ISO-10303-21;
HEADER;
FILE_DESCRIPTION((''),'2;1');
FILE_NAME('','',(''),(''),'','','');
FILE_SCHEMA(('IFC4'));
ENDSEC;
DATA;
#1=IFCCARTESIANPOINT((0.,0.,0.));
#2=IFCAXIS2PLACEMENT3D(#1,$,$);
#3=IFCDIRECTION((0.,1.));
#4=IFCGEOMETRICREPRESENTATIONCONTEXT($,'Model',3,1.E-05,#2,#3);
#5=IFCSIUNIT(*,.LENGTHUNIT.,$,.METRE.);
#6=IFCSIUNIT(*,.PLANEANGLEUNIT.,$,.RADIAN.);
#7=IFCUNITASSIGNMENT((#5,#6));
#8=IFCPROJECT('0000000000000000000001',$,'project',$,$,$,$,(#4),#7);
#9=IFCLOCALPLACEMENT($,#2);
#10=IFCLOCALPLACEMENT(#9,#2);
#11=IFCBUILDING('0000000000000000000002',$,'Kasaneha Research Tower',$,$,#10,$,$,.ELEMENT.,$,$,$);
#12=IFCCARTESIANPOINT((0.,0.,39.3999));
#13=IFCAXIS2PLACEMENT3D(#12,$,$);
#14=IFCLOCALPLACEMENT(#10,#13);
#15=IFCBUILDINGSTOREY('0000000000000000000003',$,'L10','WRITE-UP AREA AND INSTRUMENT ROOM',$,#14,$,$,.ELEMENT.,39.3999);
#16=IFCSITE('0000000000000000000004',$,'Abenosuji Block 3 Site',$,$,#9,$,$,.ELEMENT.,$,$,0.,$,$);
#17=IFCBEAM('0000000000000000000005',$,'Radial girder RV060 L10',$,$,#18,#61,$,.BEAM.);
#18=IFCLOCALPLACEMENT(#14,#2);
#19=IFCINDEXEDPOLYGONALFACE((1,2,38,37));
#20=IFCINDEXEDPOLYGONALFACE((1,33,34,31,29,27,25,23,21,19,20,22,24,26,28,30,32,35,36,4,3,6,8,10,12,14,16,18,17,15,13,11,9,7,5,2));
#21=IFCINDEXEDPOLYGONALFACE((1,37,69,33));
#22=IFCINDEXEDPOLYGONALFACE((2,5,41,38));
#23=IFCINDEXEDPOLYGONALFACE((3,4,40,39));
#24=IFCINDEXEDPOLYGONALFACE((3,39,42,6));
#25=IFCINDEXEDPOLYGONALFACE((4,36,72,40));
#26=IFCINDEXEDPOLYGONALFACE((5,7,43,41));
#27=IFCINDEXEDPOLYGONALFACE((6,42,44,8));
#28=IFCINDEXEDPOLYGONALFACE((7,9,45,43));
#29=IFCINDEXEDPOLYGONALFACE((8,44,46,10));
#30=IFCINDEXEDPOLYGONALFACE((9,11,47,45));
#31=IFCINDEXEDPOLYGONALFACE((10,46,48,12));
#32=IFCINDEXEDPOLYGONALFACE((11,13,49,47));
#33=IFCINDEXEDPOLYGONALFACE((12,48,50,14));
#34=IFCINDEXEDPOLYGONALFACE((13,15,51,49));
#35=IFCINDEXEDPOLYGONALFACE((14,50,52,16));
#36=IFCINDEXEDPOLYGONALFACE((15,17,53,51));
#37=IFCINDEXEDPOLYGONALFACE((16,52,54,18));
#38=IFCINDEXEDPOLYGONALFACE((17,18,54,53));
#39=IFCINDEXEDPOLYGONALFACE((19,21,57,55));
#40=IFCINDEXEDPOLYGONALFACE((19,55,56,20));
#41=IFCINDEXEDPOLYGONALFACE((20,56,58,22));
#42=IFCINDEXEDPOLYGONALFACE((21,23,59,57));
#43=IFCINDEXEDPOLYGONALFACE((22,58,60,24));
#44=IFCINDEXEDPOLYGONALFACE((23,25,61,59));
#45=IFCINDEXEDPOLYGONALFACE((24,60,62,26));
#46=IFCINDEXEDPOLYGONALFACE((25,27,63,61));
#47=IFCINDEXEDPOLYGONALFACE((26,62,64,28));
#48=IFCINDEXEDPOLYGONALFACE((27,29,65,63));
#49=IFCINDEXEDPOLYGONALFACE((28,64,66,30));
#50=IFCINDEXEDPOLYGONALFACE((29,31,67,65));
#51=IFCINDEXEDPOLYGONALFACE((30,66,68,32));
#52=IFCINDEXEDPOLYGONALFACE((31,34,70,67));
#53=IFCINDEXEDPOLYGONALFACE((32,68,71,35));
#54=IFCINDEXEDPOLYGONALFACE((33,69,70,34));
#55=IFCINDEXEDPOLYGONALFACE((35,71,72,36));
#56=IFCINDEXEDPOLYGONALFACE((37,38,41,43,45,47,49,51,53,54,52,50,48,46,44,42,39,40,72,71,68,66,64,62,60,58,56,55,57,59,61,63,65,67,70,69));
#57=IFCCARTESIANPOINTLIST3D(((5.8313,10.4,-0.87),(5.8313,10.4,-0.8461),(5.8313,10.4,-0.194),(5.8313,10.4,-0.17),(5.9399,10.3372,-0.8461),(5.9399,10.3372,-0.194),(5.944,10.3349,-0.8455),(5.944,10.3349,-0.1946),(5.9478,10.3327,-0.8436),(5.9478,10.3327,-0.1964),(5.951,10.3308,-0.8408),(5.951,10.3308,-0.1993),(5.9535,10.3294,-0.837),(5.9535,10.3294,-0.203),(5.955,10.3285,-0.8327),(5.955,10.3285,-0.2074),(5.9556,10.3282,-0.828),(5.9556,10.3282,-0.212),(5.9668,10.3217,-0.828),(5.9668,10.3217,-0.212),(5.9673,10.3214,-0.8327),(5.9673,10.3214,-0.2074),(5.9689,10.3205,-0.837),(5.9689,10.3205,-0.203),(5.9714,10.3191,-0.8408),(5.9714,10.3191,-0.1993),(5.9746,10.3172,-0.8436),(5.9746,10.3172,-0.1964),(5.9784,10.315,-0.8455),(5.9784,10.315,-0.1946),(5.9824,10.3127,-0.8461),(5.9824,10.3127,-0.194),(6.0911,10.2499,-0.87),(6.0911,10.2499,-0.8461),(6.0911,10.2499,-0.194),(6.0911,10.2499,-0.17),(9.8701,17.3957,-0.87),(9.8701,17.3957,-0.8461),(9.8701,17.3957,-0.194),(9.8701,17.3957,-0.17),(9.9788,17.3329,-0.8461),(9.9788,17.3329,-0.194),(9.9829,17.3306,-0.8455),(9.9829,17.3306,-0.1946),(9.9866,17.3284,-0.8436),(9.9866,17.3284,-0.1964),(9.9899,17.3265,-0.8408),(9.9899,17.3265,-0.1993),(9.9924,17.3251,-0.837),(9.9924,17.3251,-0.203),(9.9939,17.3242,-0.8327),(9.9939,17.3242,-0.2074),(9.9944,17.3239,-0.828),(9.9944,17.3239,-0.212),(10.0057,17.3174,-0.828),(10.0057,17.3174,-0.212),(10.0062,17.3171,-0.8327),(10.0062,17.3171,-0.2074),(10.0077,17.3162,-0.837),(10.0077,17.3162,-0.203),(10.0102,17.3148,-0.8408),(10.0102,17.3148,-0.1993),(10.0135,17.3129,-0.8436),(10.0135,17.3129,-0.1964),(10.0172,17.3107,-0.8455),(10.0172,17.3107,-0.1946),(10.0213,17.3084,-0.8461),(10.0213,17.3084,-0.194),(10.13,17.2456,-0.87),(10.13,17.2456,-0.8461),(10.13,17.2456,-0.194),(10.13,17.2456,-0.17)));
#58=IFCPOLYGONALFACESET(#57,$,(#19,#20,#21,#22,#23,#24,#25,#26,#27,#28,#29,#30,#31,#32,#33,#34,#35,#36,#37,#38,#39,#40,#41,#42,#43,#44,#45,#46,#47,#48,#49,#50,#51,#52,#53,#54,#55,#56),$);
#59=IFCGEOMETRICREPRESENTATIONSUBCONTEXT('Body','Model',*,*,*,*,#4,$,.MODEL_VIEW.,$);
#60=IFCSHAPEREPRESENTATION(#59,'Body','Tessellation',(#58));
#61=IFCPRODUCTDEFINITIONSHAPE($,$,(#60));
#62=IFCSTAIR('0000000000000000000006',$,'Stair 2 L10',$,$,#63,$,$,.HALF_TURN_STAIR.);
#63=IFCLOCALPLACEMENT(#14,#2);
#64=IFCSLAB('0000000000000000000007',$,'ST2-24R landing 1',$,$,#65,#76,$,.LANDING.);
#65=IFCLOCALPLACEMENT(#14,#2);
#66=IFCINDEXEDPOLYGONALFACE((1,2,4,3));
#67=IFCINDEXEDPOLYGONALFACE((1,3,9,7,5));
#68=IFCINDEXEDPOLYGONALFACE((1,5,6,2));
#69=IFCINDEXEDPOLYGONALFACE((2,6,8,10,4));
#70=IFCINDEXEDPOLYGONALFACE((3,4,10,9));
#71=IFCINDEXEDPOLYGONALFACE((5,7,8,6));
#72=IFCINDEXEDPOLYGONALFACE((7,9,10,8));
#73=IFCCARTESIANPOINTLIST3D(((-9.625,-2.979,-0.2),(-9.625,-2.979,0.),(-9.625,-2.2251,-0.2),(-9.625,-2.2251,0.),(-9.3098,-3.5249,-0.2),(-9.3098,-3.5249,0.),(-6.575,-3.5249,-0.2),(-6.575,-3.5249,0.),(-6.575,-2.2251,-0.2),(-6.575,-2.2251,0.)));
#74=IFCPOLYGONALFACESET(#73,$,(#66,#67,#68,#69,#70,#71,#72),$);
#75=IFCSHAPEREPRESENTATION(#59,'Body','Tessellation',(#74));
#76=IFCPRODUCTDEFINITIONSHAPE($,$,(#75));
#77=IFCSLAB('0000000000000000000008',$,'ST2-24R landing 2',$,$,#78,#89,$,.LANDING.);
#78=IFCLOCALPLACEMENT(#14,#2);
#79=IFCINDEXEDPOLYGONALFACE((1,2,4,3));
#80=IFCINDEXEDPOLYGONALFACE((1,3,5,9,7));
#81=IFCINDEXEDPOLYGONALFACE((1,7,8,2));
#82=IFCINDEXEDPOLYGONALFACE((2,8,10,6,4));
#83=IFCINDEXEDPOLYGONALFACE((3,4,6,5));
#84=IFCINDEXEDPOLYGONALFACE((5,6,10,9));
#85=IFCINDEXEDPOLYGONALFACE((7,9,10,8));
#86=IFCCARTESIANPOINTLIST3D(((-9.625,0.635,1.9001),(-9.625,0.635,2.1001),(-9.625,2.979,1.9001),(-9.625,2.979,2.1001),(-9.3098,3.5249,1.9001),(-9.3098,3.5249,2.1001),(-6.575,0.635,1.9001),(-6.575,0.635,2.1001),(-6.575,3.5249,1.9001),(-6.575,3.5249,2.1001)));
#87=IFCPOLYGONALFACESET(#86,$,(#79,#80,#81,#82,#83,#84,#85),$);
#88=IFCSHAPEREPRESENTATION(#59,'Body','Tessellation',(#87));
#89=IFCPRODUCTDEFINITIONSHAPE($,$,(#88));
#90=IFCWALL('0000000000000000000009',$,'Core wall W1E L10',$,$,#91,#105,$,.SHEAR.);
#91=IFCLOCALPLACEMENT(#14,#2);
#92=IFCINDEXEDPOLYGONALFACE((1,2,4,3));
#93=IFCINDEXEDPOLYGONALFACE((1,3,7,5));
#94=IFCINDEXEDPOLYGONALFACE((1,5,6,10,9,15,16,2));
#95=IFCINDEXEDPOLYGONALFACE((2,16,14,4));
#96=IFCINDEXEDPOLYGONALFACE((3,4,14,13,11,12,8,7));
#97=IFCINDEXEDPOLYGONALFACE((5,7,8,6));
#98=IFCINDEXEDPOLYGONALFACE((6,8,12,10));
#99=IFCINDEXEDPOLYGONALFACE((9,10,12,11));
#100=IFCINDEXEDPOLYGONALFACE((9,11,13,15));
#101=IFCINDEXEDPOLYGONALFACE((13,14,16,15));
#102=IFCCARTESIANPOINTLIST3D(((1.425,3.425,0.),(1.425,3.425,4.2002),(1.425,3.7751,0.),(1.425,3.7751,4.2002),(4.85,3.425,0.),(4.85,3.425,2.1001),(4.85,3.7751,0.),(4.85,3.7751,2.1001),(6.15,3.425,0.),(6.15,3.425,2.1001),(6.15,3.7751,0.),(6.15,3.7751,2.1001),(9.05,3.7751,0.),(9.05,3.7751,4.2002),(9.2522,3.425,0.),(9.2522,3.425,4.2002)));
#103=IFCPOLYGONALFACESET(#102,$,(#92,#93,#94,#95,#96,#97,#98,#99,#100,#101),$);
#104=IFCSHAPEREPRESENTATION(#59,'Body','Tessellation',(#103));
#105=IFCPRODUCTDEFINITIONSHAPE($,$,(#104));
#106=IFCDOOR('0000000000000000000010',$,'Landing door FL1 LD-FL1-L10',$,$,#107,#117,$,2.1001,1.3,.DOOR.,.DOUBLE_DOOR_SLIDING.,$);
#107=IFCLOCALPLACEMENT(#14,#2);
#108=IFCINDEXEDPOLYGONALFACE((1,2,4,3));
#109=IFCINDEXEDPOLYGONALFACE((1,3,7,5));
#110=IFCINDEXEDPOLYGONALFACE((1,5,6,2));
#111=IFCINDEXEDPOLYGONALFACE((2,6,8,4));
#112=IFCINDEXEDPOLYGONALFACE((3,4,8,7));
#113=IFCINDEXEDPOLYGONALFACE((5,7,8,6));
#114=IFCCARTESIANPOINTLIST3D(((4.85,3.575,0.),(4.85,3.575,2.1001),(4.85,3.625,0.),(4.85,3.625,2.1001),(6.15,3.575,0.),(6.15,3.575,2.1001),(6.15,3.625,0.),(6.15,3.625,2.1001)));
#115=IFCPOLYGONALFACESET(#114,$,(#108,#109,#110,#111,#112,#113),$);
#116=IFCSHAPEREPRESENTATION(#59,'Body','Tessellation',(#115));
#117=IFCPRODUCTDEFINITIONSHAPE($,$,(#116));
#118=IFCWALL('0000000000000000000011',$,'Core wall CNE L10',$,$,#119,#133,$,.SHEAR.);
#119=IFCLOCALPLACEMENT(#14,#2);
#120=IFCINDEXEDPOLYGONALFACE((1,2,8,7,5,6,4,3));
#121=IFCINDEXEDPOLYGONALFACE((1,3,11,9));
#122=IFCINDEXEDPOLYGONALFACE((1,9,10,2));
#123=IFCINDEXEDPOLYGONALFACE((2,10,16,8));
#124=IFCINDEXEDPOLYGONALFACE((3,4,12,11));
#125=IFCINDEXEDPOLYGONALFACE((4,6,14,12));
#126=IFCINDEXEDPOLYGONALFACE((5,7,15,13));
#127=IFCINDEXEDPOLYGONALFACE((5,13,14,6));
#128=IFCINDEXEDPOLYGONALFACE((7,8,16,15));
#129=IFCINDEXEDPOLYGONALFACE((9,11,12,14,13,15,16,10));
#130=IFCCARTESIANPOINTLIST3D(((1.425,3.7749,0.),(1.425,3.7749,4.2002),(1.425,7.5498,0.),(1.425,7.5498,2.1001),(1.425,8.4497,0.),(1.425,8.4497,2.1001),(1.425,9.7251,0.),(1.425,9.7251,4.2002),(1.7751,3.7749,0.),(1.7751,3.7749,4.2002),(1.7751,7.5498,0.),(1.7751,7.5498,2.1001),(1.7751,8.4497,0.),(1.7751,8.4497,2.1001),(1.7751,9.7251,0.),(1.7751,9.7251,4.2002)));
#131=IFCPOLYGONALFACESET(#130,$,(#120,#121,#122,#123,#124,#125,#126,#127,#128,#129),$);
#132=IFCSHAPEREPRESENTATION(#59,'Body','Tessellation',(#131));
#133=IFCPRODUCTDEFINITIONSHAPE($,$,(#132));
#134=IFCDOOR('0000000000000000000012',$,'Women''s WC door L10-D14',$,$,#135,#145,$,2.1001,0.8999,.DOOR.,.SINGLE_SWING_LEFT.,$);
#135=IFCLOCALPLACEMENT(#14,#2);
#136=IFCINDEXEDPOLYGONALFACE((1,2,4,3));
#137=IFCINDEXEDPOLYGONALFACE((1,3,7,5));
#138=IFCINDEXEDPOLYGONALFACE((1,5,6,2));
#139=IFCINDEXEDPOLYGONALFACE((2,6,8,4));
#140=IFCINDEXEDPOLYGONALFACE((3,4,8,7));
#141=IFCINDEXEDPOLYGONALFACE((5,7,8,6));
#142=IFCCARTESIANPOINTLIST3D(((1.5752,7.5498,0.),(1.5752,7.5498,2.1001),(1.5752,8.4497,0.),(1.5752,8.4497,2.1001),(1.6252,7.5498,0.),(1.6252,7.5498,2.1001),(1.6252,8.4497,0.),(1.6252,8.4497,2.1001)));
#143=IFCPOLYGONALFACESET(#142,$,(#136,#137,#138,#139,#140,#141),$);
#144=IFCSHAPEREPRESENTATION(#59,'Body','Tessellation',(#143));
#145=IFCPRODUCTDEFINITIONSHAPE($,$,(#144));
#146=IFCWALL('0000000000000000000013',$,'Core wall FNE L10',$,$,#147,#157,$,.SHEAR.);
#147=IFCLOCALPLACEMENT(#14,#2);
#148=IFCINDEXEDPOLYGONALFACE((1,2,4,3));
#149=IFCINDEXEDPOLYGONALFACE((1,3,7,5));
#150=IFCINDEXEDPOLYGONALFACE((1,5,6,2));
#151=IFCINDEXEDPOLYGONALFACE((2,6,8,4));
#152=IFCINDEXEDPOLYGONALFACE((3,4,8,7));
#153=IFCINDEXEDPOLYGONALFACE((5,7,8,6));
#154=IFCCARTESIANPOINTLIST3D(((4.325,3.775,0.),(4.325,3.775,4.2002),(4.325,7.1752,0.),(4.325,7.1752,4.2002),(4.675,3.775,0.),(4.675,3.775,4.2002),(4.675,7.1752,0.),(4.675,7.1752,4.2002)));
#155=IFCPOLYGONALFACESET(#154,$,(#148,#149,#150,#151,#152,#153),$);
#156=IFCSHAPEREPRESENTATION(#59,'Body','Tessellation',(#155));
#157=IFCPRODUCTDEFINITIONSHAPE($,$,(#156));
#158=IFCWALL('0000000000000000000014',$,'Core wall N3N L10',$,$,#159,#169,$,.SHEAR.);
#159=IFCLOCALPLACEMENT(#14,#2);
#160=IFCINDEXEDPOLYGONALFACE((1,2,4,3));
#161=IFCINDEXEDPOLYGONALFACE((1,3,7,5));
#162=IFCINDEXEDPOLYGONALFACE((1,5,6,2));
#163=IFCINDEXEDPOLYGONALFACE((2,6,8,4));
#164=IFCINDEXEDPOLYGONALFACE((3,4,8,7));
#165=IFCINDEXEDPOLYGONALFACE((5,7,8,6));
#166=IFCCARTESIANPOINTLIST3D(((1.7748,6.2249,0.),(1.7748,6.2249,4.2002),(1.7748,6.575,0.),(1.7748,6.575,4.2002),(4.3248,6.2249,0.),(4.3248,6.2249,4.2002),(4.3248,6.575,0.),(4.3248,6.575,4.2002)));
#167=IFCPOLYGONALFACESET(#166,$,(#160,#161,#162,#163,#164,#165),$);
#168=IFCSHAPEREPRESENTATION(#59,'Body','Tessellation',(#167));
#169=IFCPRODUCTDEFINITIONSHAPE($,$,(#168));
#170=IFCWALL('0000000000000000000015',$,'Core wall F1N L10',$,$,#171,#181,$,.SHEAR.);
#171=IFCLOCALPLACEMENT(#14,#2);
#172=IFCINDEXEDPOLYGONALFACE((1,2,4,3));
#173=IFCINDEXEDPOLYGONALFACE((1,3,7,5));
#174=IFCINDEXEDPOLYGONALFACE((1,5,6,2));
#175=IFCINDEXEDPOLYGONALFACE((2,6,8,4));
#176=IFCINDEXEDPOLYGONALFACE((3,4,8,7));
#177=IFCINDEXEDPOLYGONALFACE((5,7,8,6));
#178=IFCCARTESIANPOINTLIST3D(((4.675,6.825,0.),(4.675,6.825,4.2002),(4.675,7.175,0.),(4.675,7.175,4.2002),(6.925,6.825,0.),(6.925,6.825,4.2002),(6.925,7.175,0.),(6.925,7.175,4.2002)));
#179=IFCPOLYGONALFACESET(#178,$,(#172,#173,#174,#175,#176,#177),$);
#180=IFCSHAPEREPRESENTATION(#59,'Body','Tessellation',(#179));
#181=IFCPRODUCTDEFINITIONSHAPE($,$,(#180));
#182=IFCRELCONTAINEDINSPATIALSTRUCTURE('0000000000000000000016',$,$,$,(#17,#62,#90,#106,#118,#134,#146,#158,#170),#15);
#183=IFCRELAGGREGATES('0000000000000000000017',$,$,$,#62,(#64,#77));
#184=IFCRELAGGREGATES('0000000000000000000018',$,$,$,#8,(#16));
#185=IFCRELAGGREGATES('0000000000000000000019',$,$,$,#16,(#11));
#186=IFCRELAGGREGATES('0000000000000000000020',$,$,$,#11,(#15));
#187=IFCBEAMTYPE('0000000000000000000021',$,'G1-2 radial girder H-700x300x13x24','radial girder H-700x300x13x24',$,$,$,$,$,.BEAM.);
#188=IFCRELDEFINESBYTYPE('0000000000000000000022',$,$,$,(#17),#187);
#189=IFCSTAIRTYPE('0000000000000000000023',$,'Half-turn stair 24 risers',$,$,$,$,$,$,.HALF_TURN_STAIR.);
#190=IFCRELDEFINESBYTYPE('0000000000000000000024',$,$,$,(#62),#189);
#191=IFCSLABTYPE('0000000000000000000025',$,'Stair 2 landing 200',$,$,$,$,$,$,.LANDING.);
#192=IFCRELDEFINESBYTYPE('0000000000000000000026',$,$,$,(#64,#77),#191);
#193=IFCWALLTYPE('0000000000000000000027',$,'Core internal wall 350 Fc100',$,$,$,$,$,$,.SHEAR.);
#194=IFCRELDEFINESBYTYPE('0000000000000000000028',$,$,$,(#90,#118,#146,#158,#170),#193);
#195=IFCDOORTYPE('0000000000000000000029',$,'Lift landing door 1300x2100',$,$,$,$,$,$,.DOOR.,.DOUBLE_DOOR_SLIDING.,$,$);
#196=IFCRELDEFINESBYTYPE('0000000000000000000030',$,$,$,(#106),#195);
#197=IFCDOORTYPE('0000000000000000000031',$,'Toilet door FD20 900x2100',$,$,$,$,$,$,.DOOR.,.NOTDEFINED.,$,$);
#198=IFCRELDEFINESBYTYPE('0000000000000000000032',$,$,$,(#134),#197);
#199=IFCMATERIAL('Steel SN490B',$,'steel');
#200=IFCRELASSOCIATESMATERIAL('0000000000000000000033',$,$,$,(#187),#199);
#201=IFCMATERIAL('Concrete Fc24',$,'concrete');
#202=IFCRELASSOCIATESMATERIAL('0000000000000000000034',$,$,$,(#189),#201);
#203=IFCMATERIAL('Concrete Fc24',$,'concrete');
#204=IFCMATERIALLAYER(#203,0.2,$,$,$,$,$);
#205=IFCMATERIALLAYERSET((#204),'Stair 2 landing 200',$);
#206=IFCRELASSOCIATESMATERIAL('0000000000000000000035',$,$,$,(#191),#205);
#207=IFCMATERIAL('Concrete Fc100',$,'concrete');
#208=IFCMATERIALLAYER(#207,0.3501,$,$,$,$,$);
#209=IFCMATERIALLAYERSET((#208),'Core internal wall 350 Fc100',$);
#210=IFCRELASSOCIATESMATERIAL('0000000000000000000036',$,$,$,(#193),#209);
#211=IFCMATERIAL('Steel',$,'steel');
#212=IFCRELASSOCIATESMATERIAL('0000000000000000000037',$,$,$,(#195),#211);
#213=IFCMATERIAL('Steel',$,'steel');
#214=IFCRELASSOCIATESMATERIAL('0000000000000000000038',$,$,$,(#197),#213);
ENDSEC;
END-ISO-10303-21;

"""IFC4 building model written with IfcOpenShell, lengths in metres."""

from ifc_helpers import new_model, si_unit, direction, frame, frame_2d, origin, origin_2d, place, context, subcontext, project, spatial, polyline, rectangle, i_section, outline, extrude, material, layer, layer_set, material_profile, profile_set, type_object, element, fill, aggregate, save


model = new_model("IFC4")

# Units and contexts
model_context = context("Model", 3, precision=1e-05, world=origin(), true_north=direction((0.0, 1.0)))
body_context = subcontext(model_context, "Body", "Model", "MODEL_VIEW")
ifc_project = project(units=[si_unit("LENGTHUNIT", "METRE"), si_unit("PLANEANGLEUNIT", "RADIAN")], contexts=[model_context])

# Site, building, storey
site_placement = place(None, origin())
site = spatial("IfcSite", under=ifc_project, at=site_placement, Name="Abenosuji Block 3 Site", CompositionType="ELEMENT", RefElevation=0.0)
building_placement = place(site_placement, origin())
building = spatial("IfcBuilding", under=site, at=building_placement, Name="Kasaneha Research Tower", CompositionType="ELEMENT")
storey_placement = place(building_placement, frame((0.0, 0.0, 39.3999)))
storey = spatial("IfcBuildingStorey", under=building, at=storey_placement, Name="L10", Description="WRITE-UP AREA AND INSTRUMENT ROOM", CompositionType="ELEMENT", Elevation=39.3999)

# Beam
ifc_material_1 = material(Name="Steel SN490B", Category="steel")
ifc_material_profile = material_profile(ifc_material_1, i_section(OverallWidth=0.3, OverallDepth=0.7, WebThickness=0.0129, FlangeThickness=0.0239, FilletRadius=0.0181, at=origin_2d()), Name="H-700x300x13x24")
ifc_profile_set = profile_set([ifc_material_profile], Name="Steel SN490B")
beam_type = type_object("IfcBeamType", Name="G1-2 radial girder H-700x300x13x24", Description="radial girder H-700x300x13x24", PredefinedType="BEAM", material=ifc_profile_set)
beam_placement = place(storey_placement, frame((5.9612, 10.325, -0.52), z_axis=(0.499991, 0.866031, 0.0), x_axis=(-0.866031, 0.499991, 0.0)))
element("IfcBeam", 1, at=beam_placement, inside=storey, type_object=beam_type, Name="Radial girder RV060 L10", PredefinedType="BEAM", context=body_context, shape_type="SweptSolid", body=[
    extrude(i_section(OverallWidth=0.3, OverallDepth=0.7, WebThickness=0.0129, FlangeThickness=0.0239, FilletRadius=0.0181, at=origin_2d()), origin(), (0.0, 0.0, 1.0), 8.0779),
])

# Stair, slabs
ifc_material_2 = material(Name="Concrete Fc24", Category="concrete")
stair_type = type_object("IfcStairType", Name="Half-turn stair 24 risers", PredefinedType="HALF_TURN_STAIR", material=ifc_material_2)
stair_1_placement = place(storey_placement, origin())
stair_1 = element("IfcStair", 2, at=stair_1_placement, inside=storey, type_object=stair_type, Name="Stair 2 L10", PredefinedType="HALF_TURN_STAIR")
ifc_material_3 = material(Name="Concrete Fc24", Category="concrete")
ifc_layer_1 = layer(ifc_material_3, 0.2)
ifc_layer_set_1 = layer_set([ifc_layer_1], Name="Stair 2 landing 200")
slab_type = type_object("IfcSlabType", Name="Stair 2 landing 200", PredefinedType="LANDING", material=ifc_layer_set_1)
slab_1_placement = place(storey_placement, frame((0.0, 0.0, -0.2)))
slab_1 = element("IfcSlab", 3, at=slab_1_placement, type_object=slab_type, Name="ST2-24R landing 1", PredefinedType="LANDING", context=body_context, shape_type="SweptSolid", body=[
    extrude(outline(polyline([(-6.575, -3.5249), (-9.3098, -3.5249), (-9.625, -2.979), (-9.625, -2.2251), (-6.575, -2.2251), (-6.575, -3.5249)])), origin(), (0.0, 0.0, 1.0), 0.2),
])
slab_2_placement = place(storey_placement, frame((0.0, 0.0, 1.9001)))
slab_2 = element("IfcSlab", 4, at=slab_2_placement, type_object=slab_type, Name="ST2-24R landing 2", PredefinedType="LANDING", context=body_context, shape_type="SweptSolid", body=[
    extrude(outline(polyline([(-6.575, 0.635), (-9.625, 0.635), (-9.625, 2.979), (-9.3098, 3.5249), (-6.575, 3.5249), (-6.575, 0.635)])), origin(), (0.0, 0.0, 1.0), 0.2),
])
aggregate(stair_1, [slab_1, slab_2])

# Walls, openings, doors
ifc_material_4 = material(Name="Concrete Fc100", Category="concrete")
ifc_layer_2 = layer(ifc_material_4, 0.3501)
ifc_layer_set_2 = layer_set([ifc_layer_2], Name="Core internal wall 350 Fc100")
wall_type_1 = type_object("IfcWallType", Name="Core internal wall 350 Fc100", PredefinedType="SHEAR", material=ifc_layer_set_2)
wall_1_placement = place(storey_placement, frame((1.425, 3.6001, 0.0), z_axis=(0.0, 0.0, 1.0), x_axis=(1.0, 0.0, 0.0)))
wall_1 = element("IfcWall", 5, at=wall_1_placement, inside=storey, type_object=wall_type_1, Name="Core wall W1E L10", PredefinedType="SHEAR", context=body_context, shape_type="SweptSolid", body=[
    extrude(outline(polyline([(0.0, -0.175), (3.425, -0.175), (4.7251, -0.175), (7.8271, -0.175), (7.625, 0.175), (4.7251, 0.175), (3.425, 0.175), (0.0, 0.175), (0.0, -0.175)])), origin(), (0.0, 0.0, 1.0), 4.2002),
])
opening_1_placement = place(wall_1_placement, frame((3.425, 0.0, 0.0)))
opening_1 = element("IfcOpeningElement", 6, at=opening_1_placement, cuts=wall_1, PredefinedType="OPENING", context=body_context, shape_type="SweptSolid", body=[
    extrude(rectangle(XDim=1.3, YDim=2.1001, at=frame_2d((0.6499, 1.05))), frame((0.0, 0.1851, 0.0), z_axis=(0.0, -1.0, 0.0), x_axis=(1.0, 0.0, 0.0)), (0.0, 0.0, 1.0), 0.3701),
])
ifc_material_5 = material(Name="Steel", Category="steel")
door_type_1 = type_object("IfcDoorType", Name="Lift landing door 1300x2100", OperationType="DOUBLE_DOOR_SLIDING", PredefinedType="DOOR", material=ifc_material_5)
door_1_placement = place(opening_1_placement, origin())
door_1 = element("IfcDoor", 7, at=door_1_placement, inside=storey, type_object=door_type_1, Name="Landing door FL1 LD-FL1-L10", OperationType="DOUBLE_DOOR_SLIDING", OverallHeight=2.1001, OverallWidth=1.3, PredefinedType="DOOR", context=body_context, shape_type="SweptSolid", body=[
    extrude(rectangle(XDim=1.3, YDim=2.1001, at=frame_2d((0.6499, 1.05))), frame((0.0, 0.0249, 0.0), z_axis=(0.0, -1.0, 0.0), x_axis=(1.0, 0.0, 0.0)), (0.0, 0.0, 1.0), 0.05),
])
fill(opening_1, door_1)
wall_2_placement = place(storey_placement, frame((1.6001, 3.7749, 0.0), z_axis=(0.0, 0.0, 1.0), x_axis=(0.0, 1.0, 0.0)))
wall_2 = element("IfcWall", 8, at=wall_2_placement, inside=storey, type_object=wall_type_1, Name="Core wall CNE L10", PredefinedType="SHEAR", context=body_context, shape_type="SweptSolid", body=[
    extrude(rectangle(XDim=5.9502, YDim=0.3501, at=frame_2d((2.9751, 0.0))), origin(), (0.0, 0.0, 1.0), 4.2002),
])
opening_2_placement = place(wall_2_placement, frame((3.7749, 0.0, 0.0)))
opening_2 = element("IfcOpeningElement", 9, at=opening_2_placement, cuts=wall_2, PredefinedType="OPENING", context=body_context, shape_type="SweptSolid", body=[
    extrude(rectangle(XDim=0.8999, YDim=2.1001, at=frame_2d((0.45, 1.05))), frame((0.0, 0.1851, 0.0), z_axis=(0.0, -1.0, 0.0), x_axis=(1.0, 0.0, 0.0)), (0.0, 0.0, 1.0), 0.3701),
])
ifc_material_6 = material(Name="Steel", Category="steel")
door_type_2 = type_object("IfcDoorType", Name="Toilet door FD20 900x2100", OperationType="NOTDEFINED", PredefinedType="DOOR", material=ifc_material_6)
door_2_placement = place(opening_2_placement, origin())
door_2 = element("IfcDoor", 10, at=door_2_placement, inside=storey, type_object=door_type_2, Name="Women's WC door L10-D14", OperationType="SINGLE_SWING_LEFT", OverallHeight=2.1001, OverallWidth=0.8999, PredefinedType="DOOR", context=body_context, shape_type="SweptSolid", body=[
    extrude(rectangle(XDim=0.8999, YDim=2.1001, at=frame_2d((0.45, 1.05))), frame((0.0, 0.0249, 0.0), z_axis=(0.0, -1.0, 0.0), x_axis=(1.0, 0.0, 0.0)), (0.0, 0.0, 1.0), 0.05),
])
fill(opening_2, door_2)

# Walls
wall_3_placement = place(storey_placement, frame((4.5, 3.7749, 0.0), z_axis=(0.0, 0.0, 1.0), x_axis=(0.0, 1.0, 0.0)))
element("IfcWall", 11, at=wall_3_placement, inside=storey, type_object=wall_type_1, Name="Core wall FNE L10", PredefinedType="SHEAR", context=body_context, shape_type="SweptSolid", body=[
    extrude(rectangle(XDim=3.4001, YDim=0.3501, at=frame_2d((1.7002, 0.0))), origin(), (0.0, 0.0, 1.0), 4.2002),
])
wall_4_placement = place(storey_placement, frame((1.7749, 6.3999, 0.0), z_axis=(0.0, 0.0, 1.0), x_axis=(1.0, 0.0, 0.0)))
element("IfcWall", 12, at=wall_4_placement, inside=storey, type_object=wall_type_1, Name="Core wall N3N L10", PredefinedType="SHEAR", context=body_context, shape_type="SweptSolid", body=[
    extrude(rectangle(XDim=2.55, YDim=0.3501, at=frame_2d((1.2749, 0.0))), origin(), (0.0, 0.0, 1.0), 4.2002),
])
wall_5_placement = place(storey_placement, frame((4.675, 7.0, 0.0), z_axis=(0.0, 0.0, 1.0), x_axis=(1.0, 0.0, 0.0)))
element("IfcWall", 13, at=wall_5_placement, inside=storey, type_object=wall_type_1, Name="Core wall F1N L10", PredefinedType="SHEAR", context=body_context, shape_type="SweptSolid", body=[
    extrude(rectangle(XDim=2.25, YDim=0.3501, at=frame_2d((1.125, 0.0))), origin(), (0.0, 0.0, 1.0), 4.2002),
])

save(model, "model.ifc")
